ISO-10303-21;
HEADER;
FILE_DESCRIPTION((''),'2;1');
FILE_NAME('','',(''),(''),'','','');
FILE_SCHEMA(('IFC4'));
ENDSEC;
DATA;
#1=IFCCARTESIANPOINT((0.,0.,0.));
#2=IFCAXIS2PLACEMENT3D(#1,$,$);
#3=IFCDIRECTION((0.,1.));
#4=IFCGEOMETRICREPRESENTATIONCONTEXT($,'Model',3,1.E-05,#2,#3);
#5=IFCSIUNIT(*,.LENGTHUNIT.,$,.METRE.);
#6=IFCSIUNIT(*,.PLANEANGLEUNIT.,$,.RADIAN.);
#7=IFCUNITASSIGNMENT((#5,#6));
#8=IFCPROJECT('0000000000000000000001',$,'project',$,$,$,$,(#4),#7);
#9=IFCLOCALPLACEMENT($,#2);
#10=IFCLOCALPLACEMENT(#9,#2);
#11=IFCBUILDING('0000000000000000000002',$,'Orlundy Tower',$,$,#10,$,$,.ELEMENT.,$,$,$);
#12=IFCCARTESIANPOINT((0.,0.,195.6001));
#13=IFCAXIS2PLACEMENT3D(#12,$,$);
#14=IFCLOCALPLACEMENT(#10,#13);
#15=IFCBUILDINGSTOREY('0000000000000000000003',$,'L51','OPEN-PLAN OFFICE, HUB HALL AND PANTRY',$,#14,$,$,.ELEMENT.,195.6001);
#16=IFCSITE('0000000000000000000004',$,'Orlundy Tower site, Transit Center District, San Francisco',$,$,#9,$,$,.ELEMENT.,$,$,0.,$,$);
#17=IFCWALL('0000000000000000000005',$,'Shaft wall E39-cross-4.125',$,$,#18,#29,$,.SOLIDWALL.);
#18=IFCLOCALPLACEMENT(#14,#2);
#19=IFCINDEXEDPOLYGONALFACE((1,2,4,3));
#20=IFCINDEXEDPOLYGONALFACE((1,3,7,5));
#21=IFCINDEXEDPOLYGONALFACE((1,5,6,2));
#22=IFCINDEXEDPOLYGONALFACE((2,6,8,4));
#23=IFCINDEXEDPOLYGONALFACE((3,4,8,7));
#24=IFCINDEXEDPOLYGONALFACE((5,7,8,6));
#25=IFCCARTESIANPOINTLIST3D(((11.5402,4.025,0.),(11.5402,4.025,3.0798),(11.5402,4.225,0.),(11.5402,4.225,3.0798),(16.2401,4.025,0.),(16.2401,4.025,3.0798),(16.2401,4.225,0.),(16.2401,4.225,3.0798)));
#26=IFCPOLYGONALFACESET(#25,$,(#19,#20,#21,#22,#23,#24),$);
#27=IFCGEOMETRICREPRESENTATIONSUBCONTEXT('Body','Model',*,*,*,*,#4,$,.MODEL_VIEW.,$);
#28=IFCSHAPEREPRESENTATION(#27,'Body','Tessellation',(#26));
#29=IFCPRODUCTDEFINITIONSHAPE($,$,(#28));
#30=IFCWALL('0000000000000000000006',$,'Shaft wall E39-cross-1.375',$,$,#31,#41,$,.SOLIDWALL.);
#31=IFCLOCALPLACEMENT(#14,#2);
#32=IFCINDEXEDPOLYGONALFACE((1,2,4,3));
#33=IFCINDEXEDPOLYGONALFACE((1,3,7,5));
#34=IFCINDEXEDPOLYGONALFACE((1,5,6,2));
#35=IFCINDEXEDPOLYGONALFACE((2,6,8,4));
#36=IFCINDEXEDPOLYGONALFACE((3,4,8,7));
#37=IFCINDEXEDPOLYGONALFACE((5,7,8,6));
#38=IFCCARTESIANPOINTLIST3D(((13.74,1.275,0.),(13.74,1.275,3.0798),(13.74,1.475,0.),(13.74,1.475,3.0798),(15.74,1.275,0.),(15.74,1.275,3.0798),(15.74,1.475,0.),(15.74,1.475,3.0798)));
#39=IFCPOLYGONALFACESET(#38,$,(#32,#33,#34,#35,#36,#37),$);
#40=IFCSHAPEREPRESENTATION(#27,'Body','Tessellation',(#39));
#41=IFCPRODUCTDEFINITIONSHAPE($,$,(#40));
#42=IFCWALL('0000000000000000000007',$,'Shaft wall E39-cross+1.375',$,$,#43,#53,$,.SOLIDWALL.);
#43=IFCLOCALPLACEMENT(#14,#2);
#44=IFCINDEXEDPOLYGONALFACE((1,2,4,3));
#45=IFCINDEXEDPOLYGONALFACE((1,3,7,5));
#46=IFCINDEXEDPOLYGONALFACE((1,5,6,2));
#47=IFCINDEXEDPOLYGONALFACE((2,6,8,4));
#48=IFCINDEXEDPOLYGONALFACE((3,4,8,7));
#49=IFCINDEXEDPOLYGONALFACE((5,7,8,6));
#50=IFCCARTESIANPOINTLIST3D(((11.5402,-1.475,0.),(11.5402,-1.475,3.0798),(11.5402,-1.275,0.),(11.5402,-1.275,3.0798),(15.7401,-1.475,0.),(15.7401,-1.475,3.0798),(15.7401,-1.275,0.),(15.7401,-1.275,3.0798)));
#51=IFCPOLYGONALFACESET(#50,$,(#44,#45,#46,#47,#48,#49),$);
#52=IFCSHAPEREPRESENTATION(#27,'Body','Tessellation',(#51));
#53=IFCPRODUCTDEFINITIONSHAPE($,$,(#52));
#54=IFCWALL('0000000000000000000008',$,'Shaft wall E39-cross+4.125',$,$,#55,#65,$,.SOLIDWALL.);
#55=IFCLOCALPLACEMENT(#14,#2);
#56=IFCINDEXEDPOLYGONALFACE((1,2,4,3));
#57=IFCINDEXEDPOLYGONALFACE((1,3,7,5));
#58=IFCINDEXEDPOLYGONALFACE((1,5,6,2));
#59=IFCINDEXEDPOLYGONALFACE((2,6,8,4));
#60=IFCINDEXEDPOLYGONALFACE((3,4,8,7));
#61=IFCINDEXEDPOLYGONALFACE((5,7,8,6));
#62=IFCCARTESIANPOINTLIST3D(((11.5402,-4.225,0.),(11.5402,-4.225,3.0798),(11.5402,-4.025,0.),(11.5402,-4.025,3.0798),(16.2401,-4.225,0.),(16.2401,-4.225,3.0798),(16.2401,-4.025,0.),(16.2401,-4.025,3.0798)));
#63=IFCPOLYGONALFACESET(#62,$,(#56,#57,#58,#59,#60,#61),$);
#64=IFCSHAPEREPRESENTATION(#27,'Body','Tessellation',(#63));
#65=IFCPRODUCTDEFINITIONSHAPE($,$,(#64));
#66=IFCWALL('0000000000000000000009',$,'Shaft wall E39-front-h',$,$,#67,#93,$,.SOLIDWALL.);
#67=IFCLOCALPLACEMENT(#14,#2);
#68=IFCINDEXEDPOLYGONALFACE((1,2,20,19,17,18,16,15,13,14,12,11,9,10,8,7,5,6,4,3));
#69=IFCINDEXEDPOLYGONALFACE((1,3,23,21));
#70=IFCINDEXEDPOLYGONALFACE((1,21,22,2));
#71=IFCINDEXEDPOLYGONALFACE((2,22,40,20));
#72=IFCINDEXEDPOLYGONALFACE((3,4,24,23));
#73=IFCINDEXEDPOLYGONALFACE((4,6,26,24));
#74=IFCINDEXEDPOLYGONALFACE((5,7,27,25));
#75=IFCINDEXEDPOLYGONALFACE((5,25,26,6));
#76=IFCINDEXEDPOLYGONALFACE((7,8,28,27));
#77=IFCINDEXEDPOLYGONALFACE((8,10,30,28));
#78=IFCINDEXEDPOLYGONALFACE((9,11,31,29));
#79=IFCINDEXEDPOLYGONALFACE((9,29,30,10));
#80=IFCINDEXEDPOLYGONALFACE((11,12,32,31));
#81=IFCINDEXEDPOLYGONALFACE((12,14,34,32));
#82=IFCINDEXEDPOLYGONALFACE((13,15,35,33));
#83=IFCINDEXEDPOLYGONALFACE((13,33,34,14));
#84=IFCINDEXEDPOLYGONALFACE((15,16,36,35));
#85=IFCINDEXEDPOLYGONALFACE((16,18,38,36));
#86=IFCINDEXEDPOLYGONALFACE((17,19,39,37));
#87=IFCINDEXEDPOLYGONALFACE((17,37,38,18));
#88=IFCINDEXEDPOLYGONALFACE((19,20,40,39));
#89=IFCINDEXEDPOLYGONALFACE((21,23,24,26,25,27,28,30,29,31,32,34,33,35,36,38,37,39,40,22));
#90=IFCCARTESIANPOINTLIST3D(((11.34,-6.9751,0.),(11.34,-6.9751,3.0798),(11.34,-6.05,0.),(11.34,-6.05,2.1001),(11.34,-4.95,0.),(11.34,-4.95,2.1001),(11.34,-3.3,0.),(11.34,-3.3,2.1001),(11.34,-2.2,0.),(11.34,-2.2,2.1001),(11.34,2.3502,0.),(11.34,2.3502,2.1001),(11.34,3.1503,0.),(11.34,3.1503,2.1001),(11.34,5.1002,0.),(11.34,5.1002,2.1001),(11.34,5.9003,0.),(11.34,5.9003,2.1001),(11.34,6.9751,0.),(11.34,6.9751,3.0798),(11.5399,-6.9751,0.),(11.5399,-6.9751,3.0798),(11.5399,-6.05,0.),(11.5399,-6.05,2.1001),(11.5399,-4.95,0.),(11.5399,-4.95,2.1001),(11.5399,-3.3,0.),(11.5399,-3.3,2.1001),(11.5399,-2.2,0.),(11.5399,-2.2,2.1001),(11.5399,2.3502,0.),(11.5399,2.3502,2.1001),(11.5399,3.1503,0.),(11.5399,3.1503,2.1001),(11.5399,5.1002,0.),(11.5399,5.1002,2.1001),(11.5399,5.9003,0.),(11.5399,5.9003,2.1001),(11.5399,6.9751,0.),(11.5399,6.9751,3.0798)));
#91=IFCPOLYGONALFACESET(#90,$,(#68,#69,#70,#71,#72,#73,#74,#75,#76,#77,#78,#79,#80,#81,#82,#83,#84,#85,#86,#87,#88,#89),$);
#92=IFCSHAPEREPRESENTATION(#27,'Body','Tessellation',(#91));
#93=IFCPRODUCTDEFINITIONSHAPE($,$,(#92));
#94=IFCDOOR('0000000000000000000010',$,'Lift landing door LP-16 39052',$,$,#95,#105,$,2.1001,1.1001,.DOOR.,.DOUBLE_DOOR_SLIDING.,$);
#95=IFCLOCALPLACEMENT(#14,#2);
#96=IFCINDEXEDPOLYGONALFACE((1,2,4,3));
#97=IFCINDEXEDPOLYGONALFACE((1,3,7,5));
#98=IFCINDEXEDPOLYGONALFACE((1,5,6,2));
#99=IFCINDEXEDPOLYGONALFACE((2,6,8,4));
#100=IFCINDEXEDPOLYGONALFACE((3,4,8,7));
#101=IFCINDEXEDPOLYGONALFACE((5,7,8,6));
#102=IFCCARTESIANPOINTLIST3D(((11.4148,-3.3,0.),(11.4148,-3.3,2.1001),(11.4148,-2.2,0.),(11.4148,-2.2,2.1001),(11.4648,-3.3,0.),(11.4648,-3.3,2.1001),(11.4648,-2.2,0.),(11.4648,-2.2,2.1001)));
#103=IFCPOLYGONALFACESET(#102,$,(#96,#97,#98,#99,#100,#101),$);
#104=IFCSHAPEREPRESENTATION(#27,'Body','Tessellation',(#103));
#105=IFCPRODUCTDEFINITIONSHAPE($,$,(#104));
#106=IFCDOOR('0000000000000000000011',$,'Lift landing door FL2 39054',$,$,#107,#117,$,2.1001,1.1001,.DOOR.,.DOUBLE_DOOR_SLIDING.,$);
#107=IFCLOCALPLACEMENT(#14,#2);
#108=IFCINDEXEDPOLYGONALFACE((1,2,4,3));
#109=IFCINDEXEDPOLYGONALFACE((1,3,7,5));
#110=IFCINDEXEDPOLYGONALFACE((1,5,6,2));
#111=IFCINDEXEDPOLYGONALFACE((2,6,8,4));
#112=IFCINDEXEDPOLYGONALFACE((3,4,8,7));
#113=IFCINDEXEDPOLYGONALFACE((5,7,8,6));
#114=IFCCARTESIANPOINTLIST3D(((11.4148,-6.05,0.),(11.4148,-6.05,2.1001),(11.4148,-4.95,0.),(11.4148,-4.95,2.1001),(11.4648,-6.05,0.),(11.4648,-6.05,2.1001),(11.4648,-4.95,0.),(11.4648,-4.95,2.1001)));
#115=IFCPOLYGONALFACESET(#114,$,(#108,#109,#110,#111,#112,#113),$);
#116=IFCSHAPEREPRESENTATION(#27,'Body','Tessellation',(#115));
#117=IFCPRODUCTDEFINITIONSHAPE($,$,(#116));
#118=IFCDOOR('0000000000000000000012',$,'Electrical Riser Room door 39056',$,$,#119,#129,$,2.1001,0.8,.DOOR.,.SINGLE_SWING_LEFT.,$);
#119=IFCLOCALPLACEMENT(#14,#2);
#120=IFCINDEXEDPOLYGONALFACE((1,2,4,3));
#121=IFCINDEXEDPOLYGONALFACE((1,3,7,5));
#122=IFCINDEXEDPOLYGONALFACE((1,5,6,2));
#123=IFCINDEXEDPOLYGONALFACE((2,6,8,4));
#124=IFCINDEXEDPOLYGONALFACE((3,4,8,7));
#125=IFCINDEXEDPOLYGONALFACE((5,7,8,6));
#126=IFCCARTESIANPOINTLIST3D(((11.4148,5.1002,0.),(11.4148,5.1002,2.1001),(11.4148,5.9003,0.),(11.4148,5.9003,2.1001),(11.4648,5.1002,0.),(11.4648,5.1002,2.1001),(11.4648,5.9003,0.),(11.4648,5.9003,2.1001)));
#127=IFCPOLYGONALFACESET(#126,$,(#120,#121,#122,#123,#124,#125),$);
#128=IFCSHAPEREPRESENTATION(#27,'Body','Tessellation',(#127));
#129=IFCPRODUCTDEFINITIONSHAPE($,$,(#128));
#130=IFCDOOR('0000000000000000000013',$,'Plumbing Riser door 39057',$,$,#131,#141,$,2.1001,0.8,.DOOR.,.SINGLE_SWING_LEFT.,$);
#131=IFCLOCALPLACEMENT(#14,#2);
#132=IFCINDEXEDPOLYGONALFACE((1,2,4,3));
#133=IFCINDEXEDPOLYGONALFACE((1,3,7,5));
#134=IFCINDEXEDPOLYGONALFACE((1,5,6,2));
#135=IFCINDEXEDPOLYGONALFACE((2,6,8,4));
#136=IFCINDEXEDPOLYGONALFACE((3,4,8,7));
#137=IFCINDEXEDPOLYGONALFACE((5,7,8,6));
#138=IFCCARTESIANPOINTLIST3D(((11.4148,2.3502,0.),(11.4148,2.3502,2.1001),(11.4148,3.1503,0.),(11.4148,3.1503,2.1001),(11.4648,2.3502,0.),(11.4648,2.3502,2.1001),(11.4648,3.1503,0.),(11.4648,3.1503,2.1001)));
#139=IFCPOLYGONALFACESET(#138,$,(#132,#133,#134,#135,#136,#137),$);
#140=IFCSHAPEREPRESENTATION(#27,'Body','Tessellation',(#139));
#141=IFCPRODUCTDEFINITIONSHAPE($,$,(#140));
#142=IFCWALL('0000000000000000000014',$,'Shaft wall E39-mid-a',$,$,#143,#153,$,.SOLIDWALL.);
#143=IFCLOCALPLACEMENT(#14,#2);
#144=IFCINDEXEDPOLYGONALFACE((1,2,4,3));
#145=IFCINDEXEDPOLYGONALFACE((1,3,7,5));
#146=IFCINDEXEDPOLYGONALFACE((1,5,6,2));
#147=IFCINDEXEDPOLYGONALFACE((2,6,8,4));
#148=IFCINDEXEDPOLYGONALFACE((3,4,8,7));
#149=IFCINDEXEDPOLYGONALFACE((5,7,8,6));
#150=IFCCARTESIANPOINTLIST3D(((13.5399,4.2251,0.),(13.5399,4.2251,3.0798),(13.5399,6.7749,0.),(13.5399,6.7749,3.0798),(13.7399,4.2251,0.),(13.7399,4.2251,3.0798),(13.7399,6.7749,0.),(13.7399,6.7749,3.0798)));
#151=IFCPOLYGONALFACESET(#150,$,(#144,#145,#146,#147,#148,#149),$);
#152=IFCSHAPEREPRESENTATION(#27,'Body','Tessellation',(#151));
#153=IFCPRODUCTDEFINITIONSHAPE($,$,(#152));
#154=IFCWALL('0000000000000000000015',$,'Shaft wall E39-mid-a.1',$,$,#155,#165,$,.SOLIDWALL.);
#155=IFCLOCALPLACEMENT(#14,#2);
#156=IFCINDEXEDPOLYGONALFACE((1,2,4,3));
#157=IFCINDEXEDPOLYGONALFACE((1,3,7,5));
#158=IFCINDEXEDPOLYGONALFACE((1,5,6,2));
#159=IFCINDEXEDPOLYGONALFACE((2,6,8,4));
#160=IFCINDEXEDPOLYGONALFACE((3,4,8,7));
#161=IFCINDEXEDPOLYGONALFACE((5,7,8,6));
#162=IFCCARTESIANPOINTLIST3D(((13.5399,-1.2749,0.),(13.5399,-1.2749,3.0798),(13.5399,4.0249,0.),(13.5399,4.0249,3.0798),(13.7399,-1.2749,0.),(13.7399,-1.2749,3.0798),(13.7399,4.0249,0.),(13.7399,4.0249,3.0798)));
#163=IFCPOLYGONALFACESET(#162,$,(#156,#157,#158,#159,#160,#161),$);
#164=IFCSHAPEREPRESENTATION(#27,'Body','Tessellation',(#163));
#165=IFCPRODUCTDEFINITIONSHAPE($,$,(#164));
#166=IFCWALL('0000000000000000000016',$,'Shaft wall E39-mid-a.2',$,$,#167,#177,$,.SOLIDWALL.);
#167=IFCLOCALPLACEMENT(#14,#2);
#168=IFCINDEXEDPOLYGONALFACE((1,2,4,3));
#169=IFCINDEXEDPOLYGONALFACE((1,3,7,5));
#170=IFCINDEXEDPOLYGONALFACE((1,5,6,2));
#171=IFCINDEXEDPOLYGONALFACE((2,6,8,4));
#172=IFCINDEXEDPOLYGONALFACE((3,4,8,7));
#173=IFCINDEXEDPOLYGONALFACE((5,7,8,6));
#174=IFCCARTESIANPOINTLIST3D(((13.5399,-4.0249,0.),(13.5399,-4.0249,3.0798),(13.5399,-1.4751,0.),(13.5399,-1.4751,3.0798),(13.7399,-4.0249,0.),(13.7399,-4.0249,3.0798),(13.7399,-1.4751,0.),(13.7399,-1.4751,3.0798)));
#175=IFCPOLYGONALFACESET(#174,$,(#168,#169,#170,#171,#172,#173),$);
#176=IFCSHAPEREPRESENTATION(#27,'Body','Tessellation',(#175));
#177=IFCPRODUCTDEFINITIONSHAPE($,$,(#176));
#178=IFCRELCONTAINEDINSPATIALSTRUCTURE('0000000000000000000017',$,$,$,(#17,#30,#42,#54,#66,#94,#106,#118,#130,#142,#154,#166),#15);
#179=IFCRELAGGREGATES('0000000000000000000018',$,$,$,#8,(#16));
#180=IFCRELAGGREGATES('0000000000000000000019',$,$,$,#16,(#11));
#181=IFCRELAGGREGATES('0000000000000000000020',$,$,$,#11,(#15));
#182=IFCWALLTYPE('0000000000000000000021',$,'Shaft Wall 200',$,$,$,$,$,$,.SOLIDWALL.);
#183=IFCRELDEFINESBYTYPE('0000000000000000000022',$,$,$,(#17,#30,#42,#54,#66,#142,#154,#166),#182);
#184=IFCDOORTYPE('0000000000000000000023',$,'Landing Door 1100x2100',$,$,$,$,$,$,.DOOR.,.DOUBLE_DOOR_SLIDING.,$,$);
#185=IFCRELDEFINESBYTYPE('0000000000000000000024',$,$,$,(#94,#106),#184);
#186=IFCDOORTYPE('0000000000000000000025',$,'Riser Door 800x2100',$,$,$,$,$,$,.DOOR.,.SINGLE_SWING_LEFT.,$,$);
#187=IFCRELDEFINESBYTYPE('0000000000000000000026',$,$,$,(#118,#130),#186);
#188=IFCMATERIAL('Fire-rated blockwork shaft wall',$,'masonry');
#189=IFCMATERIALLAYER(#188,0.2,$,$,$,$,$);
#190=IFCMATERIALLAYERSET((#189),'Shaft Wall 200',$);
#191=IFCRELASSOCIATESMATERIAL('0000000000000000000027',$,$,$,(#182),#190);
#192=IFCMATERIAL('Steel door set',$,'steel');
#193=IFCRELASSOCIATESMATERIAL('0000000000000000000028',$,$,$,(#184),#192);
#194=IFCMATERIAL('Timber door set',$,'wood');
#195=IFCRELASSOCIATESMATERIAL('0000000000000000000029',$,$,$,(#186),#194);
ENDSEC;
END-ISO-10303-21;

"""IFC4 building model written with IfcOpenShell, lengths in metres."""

from ifc_helpers import new_model, si_unit, direction, frame, frame_2d, origin, place, context, subcontext, project, spatial, rectangle, extrude, material, layer, layer_set, type_object, element, fill, save


model = new_model("IFC4")

# Units and contexts
model_context = context("Model", 3, precision=1e-05, world=origin(), true_north=direction((0.0, 1.0)))
body_context = subcontext(model_context, "Body", "Model", "MODEL_VIEW")
ifc_project = project(units=[si_unit("LENGTHUNIT", "METRE"), si_unit("PLANEANGLEUNIT", "RADIAN")], contexts=[model_context])

# Site, building, storey
site_placement = place(None, origin())
site = spatial("IfcSite", under=ifc_project, at=site_placement, Name="Orlundy Tower site, Transit Center District, San Francisco", CompositionType="ELEMENT", RefElevation=0.0)
building_placement = place(site_placement, origin())
building = spatial("IfcBuilding", under=site, at=building_placement, Name="Orlundy Tower", CompositionType="ELEMENT")
storey_placement = place(building_placement, frame((0.0, 0.0, 195.6001)))
storey = spatial("IfcBuildingStorey", under=building, at=storey_placement, Name="L51", Description="OPEN-PLAN OFFICE, HUB HALL AND PANTRY", CompositionType="ELEMENT", Elevation=195.6001)

# Walls
ifc_material_1 = material(Name="Fire-rated blockwork shaft wall", Category="masonry")
ifc_layer_1 = layer(ifc_material_1, 0.2)
ifc_layer_set_1 = layer_set([ifc_layer_1], Name="Shaft Wall 200")
wall_type_1 = type_object("IfcWallType", Name="Shaft Wall 200", PredefinedType="SOLIDWALL", material=ifc_layer_set_1)
wall_1_placement = place(storey_placement, frame((11.54, 4.125, 0.0), z_axis=(0.0, 0.0, 1.0), x_axis=(1.0, 0.0, 0.0)))
element("IfcWall", 1, at=wall_1_placement, inside=storey, type_object=wall_type_1, Name="Shaft wall E39-cross-4.125", PredefinedType="SOLIDWALL", context=body_context, shape_type="SweptSolid", body=[
    extrude(rectangle(XDim=4.7, YDim=0.2, at=frame_2d((2.3501, 0.0))), origin(), (0.0, 0.0, 1.0), 3.0798),
])
wall_2_placement = place(storey_placement, frame((13.74, 1.375, 0.0), z_axis=(0.0, 0.0, 1.0), x_axis=(1.0, 0.0, 0.0)))
element("IfcWall", 2, at=wall_2_placement, inside=storey, type_object=wall_type_1, Name="Shaft wall E39-cross-1.375", PredefinedType="SOLIDWALL", context=body_context, shape_type="SweptSolid", body=[
    extrude(rectangle(XDim=2.0, YDim=0.2, at=frame_2d((1.0, 0.0))), origin(), (0.0, 0.0, 1.0), 3.0798),
])
wall_3_placement = place(storey_placement, frame((11.54, -1.375, 0.0), z_axis=(0.0, 0.0, 1.0), x_axis=(1.0, 0.0, 0.0)))
element("IfcWall", 3, at=wall_3_placement, inside=storey, type_object=wall_type_1, Name="Shaft wall E39-cross+1.375", PredefinedType="SOLIDWALL", context=body_context, shape_type="SweptSolid", body=[
    extrude(rectangle(XDim=4.2, YDim=0.2, at=frame_2d((2.1001, 0.0))), origin(), (0.0, 0.0, 1.0), 3.0798),
])
wall_4_placement = place(storey_placement, frame((11.54, -4.125, 0.0), z_axis=(0.0, 0.0, 1.0), x_axis=(1.0, 0.0, 0.0)))
element("IfcWall", 4, at=wall_4_placement, inside=storey, type_object=wall_type_1, Name="Shaft wall E39-cross+4.125", PredefinedType="SOLIDWALL", context=body_context, shape_type="SweptSolid", body=[
    extrude(rectangle(XDim=4.7, YDim=0.2, at=frame_2d((2.3501, 0.0))), origin(), (0.0, 0.0, 1.0), 3.0798),
])

# Wall, openings, doors
wall_5_placement = place(storey_placement, frame((11.4399, 6.9751, 0.0), z_axis=(0.0, 0.0, 1.0), x_axis=(0.0, -1.0, 0.0)))
wall_5 = element("IfcWall", 5, at=wall_5_placement, inside=storey, type_object=wall_type_1, Name="Shaft wall E39-front-h", PredefinedType="SOLIDWALL", context=body_context, shape_type="SweptSolid", body=[
    extrude(rectangle(XDim=13.9502, YDim=0.2, at=frame_2d((6.9751, 0.0))), origin(), (0.0, 0.0, 1.0), 3.0798),
])
opening_1_placement = place(wall_5_placement, frame((9.175, 0.0, 0.0)))
opening_1 = element("IfcOpeningElement", 6, at=opening_1_placement, cuts=wall_5, PredefinedType="OPENING", context=body_context, shape_type="SweptSolid", body=[
    extrude(rectangle(XDim=1.1001, YDim=2.1001, at=frame_2d((0.55, 1.05))), frame((0.0, 0.1101, 0.0), z_axis=(0.0, -1.0, 0.0), x_axis=(1.0, 0.0, 0.0)), (0.0, 0.0, 1.0), 0.2202),
])
opening_2_placement = place(wall_5_placement, frame((11.925, 0.0, 0.0)))
opening_2 = element("IfcOpeningElement", 7, at=opening_2_placement, cuts=wall_5, PredefinedType="OPENING", context=body_context, shape_type="SweptSolid", body=[
    extrude(rectangle(XDim=1.1001, YDim=2.1001, at=frame_2d((0.55, 1.05))), frame((0.0, 0.1101, 0.0), z_axis=(0.0, -1.0, 0.0), x_axis=(1.0, 0.0, 0.0)), (0.0, 0.0, 1.0), 0.2202),
])
opening_3_placement = place(wall_5_placement, frame((1.075, 0.0, 0.0)))
opening_3 = element("IfcOpeningElement", 8, at=opening_3_placement, cuts=wall_5, PredefinedType="OPENING", context=body_context, shape_type="SweptSolid", body=[
    extrude(rectangle(XDim=0.8, YDim=2.1001, at=frame_2d((0.3999, 1.05))), frame((0.0, 0.1101, 0.0), z_axis=(0.0, -1.0, 0.0), x_axis=(1.0, 0.0, 0.0)), (0.0, 0.0, 1.0), 0.2202),
])
opening_4_placement = place(wall_5_placement, frame((3.825, 0.0, 0.0)))
opening_4 = element("IfcOpeningElement", 9, at=opening_4_placement, cuts=wall_5, PredefinedType="OPENING", context=body_context, shape_type="SweptSolid", body=[
    extrude(rectangle(XDim=0.8, YDim=2.1001, at=frame_2d((0.3999, 1.05))), frame((0.0, 0.1101, 0.0), z_axis=(0.0, -1.0, 0.0), x_axis=(1.0, 0.0, 0.0)), (0.0, 0.0, 1.0), 0.2202),
])
ifc_material_2 = material(Name="Steel door set", Category="steel")
door_type_1 = type_object("IfcDoorType", Name="Landing Door 1100x2100", OperationType="DOUBLE_DOOR_SLIDING", PredefinedType="DOOR", material=ifc_material_2)
door_1_placement = place(opening_1_placement, origin())
door_1 = element("IfcDoor", 10, at=door_1_placement, inside=storey, type_object=door_type_1, Name="Lift landing door LP-16 39052", OperationType="DOUBLE_DOOR_SLIDING", OverallHeight=2.1001, OverallWidth=1.1001, PredefinedType="DOOR", context=body_context, shape_type="SweptSolid", body=[
    extrude(rectangle(XDim=1.1001, YDim=2.1001, at=frame_2d((0.55, 1.05))), frame((0.0, 0.0249, 0.0), z_axis=(0.0, -1.0, 0.0), x_axis=(1.0, 0.0, 0.0)), (0.0, 0.0, 1.0), 0.05),
])
fill(opening_1, door_1)
door_2_placement = place(opening_2_placement, origin())
door_2 = element("IfcDoor", 11, at=door_2_placement, inside=storey, type_object=door_type_1, Name="Lift landing door FL2 39054", OperationType="DOUBLE_DOOR_SLIDING", OverallHeight=2.1001, OverallWidth=1.1001, PredefinedType="DOOR", context=body_context, shape_type="SweptSolid", body=[
    extrude(rectangle(XDim=1.1001, YDim=2.1001, at=frame_2d((0.55, 1.05))), frame((0.0, 0.0249, 0.0), z_axis=(0.0, -1.0, 0.0), x_axis=(1.0, 0.0, 0.0)), (0.0, 0.0, 1.0), 0.05),
])
fill(opening_2, door_2)
ifc_material_3 = material(Name="Timber door set", Category="wood")
door_type_2 = type_object("IfcDoorType", Name="Riser Door 800x2100", OperationType="SINGLE_SWING_LEFT", PredefinedType="DOOR", material=ifc_material_3)
door_3_placement = place(opening_3_placement, origin())
door_3 = element("IfcDoor", 12, at=door_3_placement, inside=storey, type_object=door_type_2, Name="Electrical Riser Room door 39056", OperationType="SINGLE_SWING_LEFT", OverallHeight=2.1001, OverallWidth=0.8, PredefinedType="DOOR", context=body_context, shape_type="SweptSolid", body=[
    extrude(rectangle(XDim=0.8, YDim=2.1001, at=frame_2d((0.3999, 1.05))), frame((0.0, 0.0249, 0.0), z_axis=(0.0, -1.0, 0.0), x_axis=(1.0, 0.0, 0.0)), (0.0, 0.0, 1.0), 0.05),
])
fill(opening_3, door_3)
door_4_placement = place(opening_4_placement, origin())
door_4 = element("IfcDoor", 13, at=door_4_placement, inside=storey, type_object=door_type_2, Name="Plumbing Riser door 39057", OperationType="SINGLE_SWING_LEFT", OverallHeight=2.1001, OverallWidth=0.8, PredefinedType="DOOR", context=body_context, shape_type="SweptSolid", body=[
    extrude(rectangle(XDim=0.8, YDim=2.1001, at=frame_2d((0.3999, 1.05))), frame((0.0, 0.0249, 0.0), z_axis=(0.0, -1.0, 0.0), x_axis=(1.0, 0.0, 0.0)), (0.0, 0.0, 1.0), 0.05),
])
fill(opening_4, door_4)

# Walls
wall_6_placement = place(storey_placement, frame((13.6399, 6.7749, 0.0), z_axis=(0.0, 0.0, 1.0), x_axis=(0.0, -1.0, 0.0)))
element("IfcWall", 14, at=wall_6_placement, inside=storey, type_object=wall_type_1, Name="Shaft wall E39-mid-a", PredefinedType="SOLIDWALL", context=body_context, shape_type="SweptSolid", body=[
    extrude(rectangle(XDim=2.5498, YDim=0.2, at=frame_2d((1.2749, 0.0))), origin(), (0.0, 0.0, 1.0), 3.0798),
])
wall_7_placement = place(storey_placement, frame((13.6399, 4.0249, 0.0), z_axis=(0.0, 0.0, 1.0), x_axis=(0.0, -1.0, 0.0)))
element("IfcWall", 15, at=wall_7_placement, inside=storey, type_object=wall_type_1, Name="Shaft wall E39-mid-a.1", PredefinedType="SOLIDWALL", context=body_context, shape_type="SweptSolid", body=[
    extrude(rectangle(XDim=5.2998, YDim=0.2, at=frame_2d((2.6499, 0.0))), origin(), (0.0, 0.0, 1.0), 3.0798),
])
for number, where, z_axis, x_axis, name in (
    (16, (13.6399, -1.4751, 0.0), (0.0, 0.0, 1.0), (0.0, -1.0, 0.0), "Shaft wall E39-mid-a.2"),
):
    element("IfcWall", number, at=place(storey_placement, frame(where, z_axis=z_axis, x_axis=x_axis)), inside=storey, type_object=wall_type_1, Name=name, PredefinedType="SOLIDWALL", context=body_context, shape_type="SweptSolid", body=[
        extrude(rectangle(XDim=2.5498, YDim=0.2, at=frame_2d((1.2749, 0.0))), origin(), (0.0, 0.0, 1.0), 3.0798),
    ])

save(model, "model.ifc")
